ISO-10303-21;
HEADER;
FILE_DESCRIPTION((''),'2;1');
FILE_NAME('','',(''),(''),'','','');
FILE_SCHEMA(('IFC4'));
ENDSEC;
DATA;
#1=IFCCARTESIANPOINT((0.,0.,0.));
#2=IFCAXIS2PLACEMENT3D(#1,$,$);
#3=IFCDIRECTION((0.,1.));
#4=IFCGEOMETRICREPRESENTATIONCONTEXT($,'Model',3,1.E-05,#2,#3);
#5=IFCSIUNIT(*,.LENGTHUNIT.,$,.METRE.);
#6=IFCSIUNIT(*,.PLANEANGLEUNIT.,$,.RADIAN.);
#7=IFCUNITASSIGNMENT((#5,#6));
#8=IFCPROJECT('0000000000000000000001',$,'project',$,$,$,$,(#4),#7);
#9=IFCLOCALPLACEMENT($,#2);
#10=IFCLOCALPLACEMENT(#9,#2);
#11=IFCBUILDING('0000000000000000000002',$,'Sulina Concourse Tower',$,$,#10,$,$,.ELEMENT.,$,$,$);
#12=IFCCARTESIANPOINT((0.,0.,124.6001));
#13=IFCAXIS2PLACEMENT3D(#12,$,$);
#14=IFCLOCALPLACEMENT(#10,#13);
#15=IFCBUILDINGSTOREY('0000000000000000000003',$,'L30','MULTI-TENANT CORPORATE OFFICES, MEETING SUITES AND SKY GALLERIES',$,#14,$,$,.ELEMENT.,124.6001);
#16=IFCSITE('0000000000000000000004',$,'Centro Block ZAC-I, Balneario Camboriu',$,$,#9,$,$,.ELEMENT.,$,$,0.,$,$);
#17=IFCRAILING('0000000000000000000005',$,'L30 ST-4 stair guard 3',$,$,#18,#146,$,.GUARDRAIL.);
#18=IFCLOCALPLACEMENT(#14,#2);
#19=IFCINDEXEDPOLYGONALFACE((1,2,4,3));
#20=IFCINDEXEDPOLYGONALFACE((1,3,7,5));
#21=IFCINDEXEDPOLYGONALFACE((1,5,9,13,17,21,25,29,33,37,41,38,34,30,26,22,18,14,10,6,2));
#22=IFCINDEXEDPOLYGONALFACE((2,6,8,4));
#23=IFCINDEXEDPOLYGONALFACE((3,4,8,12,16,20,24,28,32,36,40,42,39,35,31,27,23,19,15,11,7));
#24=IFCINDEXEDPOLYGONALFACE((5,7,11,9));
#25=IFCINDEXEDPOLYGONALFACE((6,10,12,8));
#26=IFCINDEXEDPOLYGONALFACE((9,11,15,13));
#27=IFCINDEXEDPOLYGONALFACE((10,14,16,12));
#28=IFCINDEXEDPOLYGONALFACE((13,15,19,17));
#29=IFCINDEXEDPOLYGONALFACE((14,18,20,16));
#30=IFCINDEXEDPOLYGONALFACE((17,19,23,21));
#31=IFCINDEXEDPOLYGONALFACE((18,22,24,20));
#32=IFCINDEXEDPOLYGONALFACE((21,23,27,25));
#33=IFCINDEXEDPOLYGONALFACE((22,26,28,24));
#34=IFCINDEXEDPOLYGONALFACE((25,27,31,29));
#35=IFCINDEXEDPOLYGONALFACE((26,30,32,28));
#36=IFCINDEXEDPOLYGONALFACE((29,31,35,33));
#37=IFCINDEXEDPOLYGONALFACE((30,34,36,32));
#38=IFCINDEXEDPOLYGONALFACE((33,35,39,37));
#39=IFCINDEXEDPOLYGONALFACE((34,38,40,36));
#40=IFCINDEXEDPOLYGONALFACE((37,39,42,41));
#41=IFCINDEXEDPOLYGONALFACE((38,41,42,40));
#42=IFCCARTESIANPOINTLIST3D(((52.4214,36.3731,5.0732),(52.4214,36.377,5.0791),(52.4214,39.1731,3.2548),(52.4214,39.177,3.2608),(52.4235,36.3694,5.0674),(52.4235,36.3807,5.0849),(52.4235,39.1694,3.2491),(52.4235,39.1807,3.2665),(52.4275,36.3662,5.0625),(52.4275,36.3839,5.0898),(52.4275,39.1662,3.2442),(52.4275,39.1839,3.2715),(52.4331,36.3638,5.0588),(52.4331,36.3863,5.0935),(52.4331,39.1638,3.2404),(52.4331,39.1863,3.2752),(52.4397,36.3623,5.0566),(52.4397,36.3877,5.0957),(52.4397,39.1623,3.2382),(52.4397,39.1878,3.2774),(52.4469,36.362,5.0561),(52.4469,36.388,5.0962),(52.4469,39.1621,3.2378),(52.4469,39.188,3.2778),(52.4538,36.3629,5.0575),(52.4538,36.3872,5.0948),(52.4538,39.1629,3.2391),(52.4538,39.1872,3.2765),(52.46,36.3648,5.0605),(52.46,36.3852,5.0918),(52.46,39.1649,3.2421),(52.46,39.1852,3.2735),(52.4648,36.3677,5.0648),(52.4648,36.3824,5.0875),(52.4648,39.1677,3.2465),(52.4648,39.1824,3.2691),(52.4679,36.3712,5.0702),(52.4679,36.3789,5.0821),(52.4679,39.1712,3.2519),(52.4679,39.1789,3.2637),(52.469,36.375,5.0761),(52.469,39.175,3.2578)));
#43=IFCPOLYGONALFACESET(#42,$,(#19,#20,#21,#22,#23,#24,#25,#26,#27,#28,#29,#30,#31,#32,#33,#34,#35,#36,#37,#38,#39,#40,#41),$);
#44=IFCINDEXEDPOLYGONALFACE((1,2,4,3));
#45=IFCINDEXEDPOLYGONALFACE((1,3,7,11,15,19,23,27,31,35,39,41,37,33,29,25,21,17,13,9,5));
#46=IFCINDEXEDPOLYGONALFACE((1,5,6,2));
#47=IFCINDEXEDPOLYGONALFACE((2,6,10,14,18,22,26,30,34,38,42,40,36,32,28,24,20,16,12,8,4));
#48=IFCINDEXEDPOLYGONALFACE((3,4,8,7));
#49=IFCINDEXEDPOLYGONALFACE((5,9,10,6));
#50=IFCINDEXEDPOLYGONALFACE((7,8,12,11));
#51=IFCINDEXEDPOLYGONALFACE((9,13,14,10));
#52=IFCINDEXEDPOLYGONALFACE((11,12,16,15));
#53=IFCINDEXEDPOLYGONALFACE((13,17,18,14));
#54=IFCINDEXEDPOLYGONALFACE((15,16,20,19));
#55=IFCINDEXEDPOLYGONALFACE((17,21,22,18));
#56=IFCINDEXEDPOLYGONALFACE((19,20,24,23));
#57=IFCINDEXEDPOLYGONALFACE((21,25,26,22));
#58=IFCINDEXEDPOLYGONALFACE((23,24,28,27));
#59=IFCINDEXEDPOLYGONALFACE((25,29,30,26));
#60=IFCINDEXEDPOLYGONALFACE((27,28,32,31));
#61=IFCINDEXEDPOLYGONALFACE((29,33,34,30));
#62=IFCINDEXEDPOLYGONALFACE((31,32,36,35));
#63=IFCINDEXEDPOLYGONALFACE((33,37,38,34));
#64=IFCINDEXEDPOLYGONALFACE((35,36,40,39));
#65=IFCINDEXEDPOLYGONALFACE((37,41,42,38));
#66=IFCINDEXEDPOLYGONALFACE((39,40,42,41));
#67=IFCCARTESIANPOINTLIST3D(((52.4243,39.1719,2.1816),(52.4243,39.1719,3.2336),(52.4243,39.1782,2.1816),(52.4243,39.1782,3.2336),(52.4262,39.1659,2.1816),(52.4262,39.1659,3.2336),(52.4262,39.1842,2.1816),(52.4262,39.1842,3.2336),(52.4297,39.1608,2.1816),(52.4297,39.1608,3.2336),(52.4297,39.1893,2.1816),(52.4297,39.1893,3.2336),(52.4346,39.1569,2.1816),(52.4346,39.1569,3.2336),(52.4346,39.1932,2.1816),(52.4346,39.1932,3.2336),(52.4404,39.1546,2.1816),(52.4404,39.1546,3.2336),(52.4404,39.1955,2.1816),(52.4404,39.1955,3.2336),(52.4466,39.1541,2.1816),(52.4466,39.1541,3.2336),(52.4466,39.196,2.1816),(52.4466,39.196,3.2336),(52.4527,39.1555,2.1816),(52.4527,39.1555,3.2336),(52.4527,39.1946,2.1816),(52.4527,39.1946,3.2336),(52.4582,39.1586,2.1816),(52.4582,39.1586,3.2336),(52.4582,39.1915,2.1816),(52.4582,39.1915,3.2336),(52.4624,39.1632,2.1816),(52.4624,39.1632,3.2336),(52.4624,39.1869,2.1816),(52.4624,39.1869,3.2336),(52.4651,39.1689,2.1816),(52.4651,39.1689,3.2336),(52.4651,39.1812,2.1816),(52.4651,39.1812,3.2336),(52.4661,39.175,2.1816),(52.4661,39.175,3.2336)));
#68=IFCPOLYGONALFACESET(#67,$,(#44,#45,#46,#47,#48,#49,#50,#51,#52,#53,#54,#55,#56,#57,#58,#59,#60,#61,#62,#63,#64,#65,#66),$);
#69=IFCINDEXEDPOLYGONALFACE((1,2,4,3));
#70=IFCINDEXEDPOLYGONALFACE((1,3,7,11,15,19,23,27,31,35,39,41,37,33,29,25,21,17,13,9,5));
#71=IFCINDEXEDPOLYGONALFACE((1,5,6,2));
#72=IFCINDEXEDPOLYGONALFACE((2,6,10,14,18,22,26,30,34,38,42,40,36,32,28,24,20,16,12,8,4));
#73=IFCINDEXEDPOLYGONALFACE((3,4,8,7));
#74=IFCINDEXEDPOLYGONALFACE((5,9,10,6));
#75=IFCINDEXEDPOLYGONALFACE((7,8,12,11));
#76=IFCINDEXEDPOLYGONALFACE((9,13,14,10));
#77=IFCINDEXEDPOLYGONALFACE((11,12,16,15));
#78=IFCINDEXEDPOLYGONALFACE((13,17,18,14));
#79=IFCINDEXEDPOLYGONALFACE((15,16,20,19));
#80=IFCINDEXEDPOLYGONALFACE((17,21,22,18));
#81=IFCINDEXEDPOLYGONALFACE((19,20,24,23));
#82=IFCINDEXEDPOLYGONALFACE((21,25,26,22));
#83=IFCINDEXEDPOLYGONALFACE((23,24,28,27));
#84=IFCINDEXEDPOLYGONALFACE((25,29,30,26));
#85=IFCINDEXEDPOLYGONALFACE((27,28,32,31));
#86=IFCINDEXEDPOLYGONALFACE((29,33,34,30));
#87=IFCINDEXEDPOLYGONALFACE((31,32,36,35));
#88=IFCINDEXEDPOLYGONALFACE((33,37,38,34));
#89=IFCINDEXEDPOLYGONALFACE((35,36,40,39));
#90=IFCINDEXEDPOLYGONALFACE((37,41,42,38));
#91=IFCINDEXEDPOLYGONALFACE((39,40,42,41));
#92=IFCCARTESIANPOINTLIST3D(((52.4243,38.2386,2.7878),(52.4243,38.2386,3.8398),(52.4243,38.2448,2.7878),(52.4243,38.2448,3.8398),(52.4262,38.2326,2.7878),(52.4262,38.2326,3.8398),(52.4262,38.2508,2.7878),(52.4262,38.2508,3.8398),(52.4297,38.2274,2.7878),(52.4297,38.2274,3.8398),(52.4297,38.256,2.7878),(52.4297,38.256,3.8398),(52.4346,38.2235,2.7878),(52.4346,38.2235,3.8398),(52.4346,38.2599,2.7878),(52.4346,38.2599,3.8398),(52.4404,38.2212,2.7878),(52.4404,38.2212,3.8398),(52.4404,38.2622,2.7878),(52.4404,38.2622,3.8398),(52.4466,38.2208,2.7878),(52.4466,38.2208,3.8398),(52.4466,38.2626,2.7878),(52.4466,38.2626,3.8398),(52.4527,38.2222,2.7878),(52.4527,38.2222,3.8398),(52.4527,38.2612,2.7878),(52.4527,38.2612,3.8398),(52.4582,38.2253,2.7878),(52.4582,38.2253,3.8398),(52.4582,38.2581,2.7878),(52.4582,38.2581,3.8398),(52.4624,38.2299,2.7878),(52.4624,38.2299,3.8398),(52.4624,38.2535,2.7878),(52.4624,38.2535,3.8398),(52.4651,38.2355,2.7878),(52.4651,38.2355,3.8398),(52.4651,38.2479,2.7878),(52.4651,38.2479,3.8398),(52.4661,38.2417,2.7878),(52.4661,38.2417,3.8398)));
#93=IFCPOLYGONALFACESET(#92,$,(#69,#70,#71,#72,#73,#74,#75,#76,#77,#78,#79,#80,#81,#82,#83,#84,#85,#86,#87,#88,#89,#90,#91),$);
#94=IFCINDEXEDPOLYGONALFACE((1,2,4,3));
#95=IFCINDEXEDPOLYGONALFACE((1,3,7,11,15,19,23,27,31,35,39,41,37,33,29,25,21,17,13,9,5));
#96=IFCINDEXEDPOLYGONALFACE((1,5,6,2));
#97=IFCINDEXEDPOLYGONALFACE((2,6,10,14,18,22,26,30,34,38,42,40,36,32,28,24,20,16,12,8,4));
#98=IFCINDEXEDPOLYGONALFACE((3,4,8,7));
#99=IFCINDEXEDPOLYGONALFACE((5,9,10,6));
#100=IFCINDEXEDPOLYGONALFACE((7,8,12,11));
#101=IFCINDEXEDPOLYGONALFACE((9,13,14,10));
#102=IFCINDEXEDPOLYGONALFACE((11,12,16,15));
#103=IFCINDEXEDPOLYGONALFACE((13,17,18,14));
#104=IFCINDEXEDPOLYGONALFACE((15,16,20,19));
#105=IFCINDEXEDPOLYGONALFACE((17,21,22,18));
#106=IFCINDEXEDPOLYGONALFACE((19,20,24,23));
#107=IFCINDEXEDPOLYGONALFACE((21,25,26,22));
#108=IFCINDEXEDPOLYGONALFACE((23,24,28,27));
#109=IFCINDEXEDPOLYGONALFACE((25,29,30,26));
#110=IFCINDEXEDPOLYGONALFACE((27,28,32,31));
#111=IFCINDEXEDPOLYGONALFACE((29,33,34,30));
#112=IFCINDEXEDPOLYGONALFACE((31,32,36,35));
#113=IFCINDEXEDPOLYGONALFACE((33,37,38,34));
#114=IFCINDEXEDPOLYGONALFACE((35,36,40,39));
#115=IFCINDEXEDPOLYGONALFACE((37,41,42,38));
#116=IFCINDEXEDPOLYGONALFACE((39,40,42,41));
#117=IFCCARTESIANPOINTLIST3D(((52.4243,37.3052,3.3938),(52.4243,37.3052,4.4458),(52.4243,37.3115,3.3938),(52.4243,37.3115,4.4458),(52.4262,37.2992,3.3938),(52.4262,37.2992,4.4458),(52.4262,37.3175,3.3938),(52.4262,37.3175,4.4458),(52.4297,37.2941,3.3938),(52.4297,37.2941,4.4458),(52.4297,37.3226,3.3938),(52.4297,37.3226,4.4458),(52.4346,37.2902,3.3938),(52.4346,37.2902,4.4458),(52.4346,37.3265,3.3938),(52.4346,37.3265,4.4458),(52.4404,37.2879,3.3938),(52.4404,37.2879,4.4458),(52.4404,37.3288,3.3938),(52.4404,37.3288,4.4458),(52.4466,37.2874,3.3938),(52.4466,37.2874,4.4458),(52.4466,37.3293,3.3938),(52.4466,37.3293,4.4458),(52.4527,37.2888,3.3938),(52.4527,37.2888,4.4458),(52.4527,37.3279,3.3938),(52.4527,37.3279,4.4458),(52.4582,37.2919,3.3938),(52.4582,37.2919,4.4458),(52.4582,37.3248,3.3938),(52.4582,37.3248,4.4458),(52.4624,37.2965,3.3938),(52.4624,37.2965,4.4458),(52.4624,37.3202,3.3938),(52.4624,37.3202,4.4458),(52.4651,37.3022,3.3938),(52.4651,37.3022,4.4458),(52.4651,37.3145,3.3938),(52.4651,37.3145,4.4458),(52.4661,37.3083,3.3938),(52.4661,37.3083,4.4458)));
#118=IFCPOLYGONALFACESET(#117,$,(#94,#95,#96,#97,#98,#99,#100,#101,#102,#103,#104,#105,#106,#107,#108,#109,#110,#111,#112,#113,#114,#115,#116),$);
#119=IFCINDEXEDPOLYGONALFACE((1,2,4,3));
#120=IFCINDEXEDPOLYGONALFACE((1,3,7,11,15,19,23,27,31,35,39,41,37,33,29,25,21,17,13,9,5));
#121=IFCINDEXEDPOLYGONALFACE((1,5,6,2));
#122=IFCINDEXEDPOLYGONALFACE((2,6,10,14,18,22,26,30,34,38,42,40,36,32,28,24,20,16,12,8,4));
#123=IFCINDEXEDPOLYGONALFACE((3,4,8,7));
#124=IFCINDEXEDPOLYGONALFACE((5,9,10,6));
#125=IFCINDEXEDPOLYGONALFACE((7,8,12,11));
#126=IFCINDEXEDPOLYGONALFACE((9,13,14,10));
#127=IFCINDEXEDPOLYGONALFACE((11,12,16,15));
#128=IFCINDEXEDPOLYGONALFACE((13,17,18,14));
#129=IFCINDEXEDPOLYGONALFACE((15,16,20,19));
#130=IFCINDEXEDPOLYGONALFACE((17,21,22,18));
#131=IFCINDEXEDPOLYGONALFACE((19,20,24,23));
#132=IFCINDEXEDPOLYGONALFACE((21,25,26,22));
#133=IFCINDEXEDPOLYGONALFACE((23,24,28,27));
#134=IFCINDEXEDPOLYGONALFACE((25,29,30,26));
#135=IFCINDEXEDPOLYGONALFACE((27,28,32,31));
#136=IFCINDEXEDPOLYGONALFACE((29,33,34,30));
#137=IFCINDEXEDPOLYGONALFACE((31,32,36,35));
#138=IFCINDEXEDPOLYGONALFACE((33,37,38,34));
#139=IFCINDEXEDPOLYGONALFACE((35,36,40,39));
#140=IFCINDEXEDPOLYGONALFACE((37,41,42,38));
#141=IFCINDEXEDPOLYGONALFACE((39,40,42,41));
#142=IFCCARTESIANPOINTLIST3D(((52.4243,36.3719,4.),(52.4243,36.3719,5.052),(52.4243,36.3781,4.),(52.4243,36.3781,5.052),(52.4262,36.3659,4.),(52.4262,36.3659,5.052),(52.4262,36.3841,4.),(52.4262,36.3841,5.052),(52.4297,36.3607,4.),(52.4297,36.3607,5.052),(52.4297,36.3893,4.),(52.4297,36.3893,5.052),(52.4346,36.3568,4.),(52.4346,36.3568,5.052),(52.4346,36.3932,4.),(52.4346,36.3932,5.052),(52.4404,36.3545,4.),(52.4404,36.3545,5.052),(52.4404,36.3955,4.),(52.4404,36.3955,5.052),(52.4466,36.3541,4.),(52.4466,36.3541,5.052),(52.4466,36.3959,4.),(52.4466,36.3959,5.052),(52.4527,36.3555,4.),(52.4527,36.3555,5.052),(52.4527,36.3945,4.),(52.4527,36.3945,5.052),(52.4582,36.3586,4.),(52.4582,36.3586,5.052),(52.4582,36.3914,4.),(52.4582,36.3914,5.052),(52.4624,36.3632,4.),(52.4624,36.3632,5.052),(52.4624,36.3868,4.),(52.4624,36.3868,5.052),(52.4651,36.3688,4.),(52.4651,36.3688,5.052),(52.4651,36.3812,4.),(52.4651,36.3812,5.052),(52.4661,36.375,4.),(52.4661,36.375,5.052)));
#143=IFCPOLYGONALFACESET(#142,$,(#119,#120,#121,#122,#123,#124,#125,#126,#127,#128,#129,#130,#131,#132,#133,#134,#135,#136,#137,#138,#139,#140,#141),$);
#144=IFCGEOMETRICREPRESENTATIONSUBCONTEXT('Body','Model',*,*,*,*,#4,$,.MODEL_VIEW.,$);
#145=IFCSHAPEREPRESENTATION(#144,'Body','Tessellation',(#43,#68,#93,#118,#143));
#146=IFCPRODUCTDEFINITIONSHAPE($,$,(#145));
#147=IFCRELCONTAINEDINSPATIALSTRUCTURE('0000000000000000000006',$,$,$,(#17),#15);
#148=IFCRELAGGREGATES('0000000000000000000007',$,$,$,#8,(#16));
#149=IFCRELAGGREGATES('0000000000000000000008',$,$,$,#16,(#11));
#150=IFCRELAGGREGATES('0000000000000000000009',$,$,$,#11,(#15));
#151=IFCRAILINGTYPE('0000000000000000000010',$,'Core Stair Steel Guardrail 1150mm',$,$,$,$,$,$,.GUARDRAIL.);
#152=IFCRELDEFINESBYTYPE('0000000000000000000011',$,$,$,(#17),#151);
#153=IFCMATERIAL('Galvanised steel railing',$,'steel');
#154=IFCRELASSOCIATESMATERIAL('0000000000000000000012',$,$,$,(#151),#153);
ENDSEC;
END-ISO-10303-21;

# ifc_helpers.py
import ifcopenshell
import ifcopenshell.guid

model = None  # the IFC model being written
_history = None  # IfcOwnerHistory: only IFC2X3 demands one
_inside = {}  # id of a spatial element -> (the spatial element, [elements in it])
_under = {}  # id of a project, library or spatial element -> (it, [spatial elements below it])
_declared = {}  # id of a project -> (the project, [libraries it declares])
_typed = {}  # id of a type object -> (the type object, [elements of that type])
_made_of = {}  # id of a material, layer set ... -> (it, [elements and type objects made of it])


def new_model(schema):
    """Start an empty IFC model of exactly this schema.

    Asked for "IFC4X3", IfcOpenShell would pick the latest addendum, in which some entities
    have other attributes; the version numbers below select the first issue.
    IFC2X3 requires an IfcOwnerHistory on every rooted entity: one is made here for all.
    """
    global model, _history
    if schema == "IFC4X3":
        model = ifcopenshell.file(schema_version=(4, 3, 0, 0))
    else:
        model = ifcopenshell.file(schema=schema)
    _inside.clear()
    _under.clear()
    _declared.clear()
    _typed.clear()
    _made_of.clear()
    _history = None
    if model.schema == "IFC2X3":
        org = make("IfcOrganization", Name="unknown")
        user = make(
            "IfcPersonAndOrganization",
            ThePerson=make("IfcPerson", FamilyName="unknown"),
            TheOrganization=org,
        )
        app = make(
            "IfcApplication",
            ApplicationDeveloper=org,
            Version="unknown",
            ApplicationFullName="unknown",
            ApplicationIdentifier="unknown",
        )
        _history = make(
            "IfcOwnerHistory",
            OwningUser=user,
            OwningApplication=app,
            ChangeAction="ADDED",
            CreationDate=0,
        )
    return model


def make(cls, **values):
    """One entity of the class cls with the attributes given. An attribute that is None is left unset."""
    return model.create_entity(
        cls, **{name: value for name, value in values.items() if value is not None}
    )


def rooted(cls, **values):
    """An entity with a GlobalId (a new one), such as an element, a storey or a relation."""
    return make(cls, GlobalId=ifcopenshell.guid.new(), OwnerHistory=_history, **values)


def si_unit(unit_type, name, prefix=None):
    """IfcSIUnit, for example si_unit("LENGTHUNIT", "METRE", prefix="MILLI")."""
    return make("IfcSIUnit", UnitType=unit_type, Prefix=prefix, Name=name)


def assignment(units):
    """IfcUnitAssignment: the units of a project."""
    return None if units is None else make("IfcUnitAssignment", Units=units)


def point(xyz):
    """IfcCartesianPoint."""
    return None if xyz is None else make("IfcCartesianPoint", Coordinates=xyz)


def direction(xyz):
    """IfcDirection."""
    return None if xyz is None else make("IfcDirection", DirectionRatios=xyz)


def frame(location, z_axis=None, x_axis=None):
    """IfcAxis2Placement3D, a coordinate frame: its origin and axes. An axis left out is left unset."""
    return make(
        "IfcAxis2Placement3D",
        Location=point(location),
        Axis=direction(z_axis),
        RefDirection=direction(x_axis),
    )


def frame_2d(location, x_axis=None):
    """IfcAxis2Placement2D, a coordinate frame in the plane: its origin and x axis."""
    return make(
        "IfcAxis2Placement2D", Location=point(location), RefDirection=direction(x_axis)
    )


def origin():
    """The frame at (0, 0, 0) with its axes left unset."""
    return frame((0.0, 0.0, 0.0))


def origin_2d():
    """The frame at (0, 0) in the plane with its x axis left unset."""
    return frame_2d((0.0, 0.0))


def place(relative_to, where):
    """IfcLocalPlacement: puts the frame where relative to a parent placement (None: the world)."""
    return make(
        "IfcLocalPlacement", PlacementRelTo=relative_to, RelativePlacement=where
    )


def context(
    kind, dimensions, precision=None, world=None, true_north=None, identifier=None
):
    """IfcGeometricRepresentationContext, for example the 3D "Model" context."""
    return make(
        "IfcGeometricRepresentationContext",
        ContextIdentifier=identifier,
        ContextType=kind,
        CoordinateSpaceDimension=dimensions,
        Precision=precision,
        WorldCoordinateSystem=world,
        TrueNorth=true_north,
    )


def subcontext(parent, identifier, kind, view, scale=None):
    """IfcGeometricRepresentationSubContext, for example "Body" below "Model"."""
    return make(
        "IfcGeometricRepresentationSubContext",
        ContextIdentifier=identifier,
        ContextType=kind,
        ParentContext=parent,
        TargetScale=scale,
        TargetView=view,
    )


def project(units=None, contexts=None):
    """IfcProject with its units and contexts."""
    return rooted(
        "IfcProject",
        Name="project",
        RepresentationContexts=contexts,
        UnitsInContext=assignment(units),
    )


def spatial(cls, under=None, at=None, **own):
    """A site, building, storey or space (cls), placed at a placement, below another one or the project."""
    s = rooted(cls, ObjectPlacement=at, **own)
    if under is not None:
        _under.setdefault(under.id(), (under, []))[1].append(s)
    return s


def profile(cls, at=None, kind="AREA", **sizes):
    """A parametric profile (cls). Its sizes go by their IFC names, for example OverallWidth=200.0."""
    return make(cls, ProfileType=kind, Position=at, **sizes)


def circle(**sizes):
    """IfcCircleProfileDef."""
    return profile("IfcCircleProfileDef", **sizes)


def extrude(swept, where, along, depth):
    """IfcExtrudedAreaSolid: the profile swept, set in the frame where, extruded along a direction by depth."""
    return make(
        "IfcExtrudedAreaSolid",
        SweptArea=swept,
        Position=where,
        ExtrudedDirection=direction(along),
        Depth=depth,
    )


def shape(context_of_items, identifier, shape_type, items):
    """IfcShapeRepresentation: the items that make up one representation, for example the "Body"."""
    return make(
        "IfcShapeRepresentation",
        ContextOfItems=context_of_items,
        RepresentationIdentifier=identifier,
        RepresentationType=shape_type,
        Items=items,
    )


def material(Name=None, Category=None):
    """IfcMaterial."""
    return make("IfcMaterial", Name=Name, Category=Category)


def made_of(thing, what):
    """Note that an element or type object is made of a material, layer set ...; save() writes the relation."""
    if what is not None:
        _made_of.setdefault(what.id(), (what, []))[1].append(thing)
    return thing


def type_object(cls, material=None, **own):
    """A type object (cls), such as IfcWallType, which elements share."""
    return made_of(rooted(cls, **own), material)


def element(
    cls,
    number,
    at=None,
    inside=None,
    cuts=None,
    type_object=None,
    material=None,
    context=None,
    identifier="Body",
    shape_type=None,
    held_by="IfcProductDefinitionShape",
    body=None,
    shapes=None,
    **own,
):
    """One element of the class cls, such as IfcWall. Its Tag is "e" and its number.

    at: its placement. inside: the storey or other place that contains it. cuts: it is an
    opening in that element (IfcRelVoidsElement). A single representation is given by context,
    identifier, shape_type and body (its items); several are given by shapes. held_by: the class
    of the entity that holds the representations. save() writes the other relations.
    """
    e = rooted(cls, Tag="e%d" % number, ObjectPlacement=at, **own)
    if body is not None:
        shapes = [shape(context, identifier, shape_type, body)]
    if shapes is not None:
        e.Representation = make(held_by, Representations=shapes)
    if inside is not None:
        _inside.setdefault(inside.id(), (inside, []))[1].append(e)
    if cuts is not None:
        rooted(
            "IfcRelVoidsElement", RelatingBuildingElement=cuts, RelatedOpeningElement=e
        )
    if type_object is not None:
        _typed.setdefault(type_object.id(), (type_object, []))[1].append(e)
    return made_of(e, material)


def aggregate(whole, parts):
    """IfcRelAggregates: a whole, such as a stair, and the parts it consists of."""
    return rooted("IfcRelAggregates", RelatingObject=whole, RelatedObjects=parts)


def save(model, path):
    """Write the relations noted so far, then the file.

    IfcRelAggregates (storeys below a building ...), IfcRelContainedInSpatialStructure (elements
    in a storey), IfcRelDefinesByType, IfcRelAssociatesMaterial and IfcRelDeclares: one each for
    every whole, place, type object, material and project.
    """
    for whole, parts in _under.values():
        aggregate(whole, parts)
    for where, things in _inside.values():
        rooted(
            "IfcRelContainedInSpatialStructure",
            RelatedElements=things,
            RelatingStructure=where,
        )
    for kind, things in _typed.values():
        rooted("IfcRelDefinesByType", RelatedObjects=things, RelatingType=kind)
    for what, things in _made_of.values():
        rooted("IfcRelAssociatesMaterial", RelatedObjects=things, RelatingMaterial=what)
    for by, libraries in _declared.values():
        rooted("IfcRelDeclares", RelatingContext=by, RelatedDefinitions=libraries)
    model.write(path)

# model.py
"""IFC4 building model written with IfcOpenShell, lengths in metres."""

from ifc_helpers import new_model, si_unit, direction, frame, origin, origin_2d, place, context, subcontext, project, spatial, circle, extrude, material, type_object, element, save


model = new_model("IFC4")

# Units and contexts
model_context = context("Model", 3, precision=1e-05, world=origin(), true_north=direction((0.0, 1.0)))
body_context = subcontext(model_context, "Body", "Model", "MODEL_VIEW")
ifc_project = project(units=[si_unit("LENGTHUNIT", "METRE"), si_unit("PLANEANGLEUNIT", "RADIAN")], contexts=[model_context])

# Site, building, storey
site_placement = place(None, origin())
site = spatial("IfcSite", under=ifc_project, at=site_placement, Name="Centro Block ZAC-I, Balneario Camboriu", CompositionType="ELEMENT", RefElevation=0.0)
building_placement = place(site_placement, origin())
building = spatial("IfcBuilding", under=site, at=building_placement, Name="Sulina Concourse Tower", CompositionType="ELEMENT")
storey_placement = place(building_placement, frame((0.0, 0.0, 124.6001)))
storey = spatial("IfcBuildingStorey", under=building, at=storey_placement, Name="L30", Description="MULTI-TENANT CORPORATE OFFICES, MEETING SUITES AND SKY GALLERIES", CompositionType="ELEMENT", Elevation=124.6001)

# Railing
ifc_material_1 = material(Name="Galvanised steel railing", Category="steel")
railing_type_1 = type_object("IfcRailingType", Name="Core Stair Steel Guardrail 1150mm", PredefinedType="GUARDRAIL", material=ifc_material_1)
railing_1_placement = place(storey_placement, frame((52.4451, 39.175, 2.1816)))
element("IfcRailing", 1, at=railing_1_placement, inside=storey, type_object=railing_type_1, Name="L30 ST-4 stair guard 3", PredefinedType="GUARDRAIL", context=body_context, shape_type="SweptSolid", body=[
    extrude(circle(Radius=0.0239, at=origin_2d()), frame((0.0, 0.0, 1.0762), z_axis=(0.0, -0.838672, 0.544636), x_axis=(1.0, 0.0, 0.0)), (0.0, 0.0, 1.0), 3.3386),
    extrude(circle(Radius=0.021, at=origin_2d()), origin(), (0.0, 0.0, 1.0), 1.052),
    extrude(circle(Radius=0.021, at=origin_2d()), frame((0.0, -0.9333, 0.6062)), (0.0, 0.0, 1.0), 1.052),
    extrude(circle(Radius=0.021, at=origin_2d()), frame((0.0, -1.8667, 1.2122)), (0.0, 0.0, 1.0), 1.052),
    extrude(circle(Radius=0.021, at=origin_2d()), frame((0.0, -2.8, 1.8184)), (0.0, 0.0, 1.0), 1.052),
])

save(model, "model.ifc")
